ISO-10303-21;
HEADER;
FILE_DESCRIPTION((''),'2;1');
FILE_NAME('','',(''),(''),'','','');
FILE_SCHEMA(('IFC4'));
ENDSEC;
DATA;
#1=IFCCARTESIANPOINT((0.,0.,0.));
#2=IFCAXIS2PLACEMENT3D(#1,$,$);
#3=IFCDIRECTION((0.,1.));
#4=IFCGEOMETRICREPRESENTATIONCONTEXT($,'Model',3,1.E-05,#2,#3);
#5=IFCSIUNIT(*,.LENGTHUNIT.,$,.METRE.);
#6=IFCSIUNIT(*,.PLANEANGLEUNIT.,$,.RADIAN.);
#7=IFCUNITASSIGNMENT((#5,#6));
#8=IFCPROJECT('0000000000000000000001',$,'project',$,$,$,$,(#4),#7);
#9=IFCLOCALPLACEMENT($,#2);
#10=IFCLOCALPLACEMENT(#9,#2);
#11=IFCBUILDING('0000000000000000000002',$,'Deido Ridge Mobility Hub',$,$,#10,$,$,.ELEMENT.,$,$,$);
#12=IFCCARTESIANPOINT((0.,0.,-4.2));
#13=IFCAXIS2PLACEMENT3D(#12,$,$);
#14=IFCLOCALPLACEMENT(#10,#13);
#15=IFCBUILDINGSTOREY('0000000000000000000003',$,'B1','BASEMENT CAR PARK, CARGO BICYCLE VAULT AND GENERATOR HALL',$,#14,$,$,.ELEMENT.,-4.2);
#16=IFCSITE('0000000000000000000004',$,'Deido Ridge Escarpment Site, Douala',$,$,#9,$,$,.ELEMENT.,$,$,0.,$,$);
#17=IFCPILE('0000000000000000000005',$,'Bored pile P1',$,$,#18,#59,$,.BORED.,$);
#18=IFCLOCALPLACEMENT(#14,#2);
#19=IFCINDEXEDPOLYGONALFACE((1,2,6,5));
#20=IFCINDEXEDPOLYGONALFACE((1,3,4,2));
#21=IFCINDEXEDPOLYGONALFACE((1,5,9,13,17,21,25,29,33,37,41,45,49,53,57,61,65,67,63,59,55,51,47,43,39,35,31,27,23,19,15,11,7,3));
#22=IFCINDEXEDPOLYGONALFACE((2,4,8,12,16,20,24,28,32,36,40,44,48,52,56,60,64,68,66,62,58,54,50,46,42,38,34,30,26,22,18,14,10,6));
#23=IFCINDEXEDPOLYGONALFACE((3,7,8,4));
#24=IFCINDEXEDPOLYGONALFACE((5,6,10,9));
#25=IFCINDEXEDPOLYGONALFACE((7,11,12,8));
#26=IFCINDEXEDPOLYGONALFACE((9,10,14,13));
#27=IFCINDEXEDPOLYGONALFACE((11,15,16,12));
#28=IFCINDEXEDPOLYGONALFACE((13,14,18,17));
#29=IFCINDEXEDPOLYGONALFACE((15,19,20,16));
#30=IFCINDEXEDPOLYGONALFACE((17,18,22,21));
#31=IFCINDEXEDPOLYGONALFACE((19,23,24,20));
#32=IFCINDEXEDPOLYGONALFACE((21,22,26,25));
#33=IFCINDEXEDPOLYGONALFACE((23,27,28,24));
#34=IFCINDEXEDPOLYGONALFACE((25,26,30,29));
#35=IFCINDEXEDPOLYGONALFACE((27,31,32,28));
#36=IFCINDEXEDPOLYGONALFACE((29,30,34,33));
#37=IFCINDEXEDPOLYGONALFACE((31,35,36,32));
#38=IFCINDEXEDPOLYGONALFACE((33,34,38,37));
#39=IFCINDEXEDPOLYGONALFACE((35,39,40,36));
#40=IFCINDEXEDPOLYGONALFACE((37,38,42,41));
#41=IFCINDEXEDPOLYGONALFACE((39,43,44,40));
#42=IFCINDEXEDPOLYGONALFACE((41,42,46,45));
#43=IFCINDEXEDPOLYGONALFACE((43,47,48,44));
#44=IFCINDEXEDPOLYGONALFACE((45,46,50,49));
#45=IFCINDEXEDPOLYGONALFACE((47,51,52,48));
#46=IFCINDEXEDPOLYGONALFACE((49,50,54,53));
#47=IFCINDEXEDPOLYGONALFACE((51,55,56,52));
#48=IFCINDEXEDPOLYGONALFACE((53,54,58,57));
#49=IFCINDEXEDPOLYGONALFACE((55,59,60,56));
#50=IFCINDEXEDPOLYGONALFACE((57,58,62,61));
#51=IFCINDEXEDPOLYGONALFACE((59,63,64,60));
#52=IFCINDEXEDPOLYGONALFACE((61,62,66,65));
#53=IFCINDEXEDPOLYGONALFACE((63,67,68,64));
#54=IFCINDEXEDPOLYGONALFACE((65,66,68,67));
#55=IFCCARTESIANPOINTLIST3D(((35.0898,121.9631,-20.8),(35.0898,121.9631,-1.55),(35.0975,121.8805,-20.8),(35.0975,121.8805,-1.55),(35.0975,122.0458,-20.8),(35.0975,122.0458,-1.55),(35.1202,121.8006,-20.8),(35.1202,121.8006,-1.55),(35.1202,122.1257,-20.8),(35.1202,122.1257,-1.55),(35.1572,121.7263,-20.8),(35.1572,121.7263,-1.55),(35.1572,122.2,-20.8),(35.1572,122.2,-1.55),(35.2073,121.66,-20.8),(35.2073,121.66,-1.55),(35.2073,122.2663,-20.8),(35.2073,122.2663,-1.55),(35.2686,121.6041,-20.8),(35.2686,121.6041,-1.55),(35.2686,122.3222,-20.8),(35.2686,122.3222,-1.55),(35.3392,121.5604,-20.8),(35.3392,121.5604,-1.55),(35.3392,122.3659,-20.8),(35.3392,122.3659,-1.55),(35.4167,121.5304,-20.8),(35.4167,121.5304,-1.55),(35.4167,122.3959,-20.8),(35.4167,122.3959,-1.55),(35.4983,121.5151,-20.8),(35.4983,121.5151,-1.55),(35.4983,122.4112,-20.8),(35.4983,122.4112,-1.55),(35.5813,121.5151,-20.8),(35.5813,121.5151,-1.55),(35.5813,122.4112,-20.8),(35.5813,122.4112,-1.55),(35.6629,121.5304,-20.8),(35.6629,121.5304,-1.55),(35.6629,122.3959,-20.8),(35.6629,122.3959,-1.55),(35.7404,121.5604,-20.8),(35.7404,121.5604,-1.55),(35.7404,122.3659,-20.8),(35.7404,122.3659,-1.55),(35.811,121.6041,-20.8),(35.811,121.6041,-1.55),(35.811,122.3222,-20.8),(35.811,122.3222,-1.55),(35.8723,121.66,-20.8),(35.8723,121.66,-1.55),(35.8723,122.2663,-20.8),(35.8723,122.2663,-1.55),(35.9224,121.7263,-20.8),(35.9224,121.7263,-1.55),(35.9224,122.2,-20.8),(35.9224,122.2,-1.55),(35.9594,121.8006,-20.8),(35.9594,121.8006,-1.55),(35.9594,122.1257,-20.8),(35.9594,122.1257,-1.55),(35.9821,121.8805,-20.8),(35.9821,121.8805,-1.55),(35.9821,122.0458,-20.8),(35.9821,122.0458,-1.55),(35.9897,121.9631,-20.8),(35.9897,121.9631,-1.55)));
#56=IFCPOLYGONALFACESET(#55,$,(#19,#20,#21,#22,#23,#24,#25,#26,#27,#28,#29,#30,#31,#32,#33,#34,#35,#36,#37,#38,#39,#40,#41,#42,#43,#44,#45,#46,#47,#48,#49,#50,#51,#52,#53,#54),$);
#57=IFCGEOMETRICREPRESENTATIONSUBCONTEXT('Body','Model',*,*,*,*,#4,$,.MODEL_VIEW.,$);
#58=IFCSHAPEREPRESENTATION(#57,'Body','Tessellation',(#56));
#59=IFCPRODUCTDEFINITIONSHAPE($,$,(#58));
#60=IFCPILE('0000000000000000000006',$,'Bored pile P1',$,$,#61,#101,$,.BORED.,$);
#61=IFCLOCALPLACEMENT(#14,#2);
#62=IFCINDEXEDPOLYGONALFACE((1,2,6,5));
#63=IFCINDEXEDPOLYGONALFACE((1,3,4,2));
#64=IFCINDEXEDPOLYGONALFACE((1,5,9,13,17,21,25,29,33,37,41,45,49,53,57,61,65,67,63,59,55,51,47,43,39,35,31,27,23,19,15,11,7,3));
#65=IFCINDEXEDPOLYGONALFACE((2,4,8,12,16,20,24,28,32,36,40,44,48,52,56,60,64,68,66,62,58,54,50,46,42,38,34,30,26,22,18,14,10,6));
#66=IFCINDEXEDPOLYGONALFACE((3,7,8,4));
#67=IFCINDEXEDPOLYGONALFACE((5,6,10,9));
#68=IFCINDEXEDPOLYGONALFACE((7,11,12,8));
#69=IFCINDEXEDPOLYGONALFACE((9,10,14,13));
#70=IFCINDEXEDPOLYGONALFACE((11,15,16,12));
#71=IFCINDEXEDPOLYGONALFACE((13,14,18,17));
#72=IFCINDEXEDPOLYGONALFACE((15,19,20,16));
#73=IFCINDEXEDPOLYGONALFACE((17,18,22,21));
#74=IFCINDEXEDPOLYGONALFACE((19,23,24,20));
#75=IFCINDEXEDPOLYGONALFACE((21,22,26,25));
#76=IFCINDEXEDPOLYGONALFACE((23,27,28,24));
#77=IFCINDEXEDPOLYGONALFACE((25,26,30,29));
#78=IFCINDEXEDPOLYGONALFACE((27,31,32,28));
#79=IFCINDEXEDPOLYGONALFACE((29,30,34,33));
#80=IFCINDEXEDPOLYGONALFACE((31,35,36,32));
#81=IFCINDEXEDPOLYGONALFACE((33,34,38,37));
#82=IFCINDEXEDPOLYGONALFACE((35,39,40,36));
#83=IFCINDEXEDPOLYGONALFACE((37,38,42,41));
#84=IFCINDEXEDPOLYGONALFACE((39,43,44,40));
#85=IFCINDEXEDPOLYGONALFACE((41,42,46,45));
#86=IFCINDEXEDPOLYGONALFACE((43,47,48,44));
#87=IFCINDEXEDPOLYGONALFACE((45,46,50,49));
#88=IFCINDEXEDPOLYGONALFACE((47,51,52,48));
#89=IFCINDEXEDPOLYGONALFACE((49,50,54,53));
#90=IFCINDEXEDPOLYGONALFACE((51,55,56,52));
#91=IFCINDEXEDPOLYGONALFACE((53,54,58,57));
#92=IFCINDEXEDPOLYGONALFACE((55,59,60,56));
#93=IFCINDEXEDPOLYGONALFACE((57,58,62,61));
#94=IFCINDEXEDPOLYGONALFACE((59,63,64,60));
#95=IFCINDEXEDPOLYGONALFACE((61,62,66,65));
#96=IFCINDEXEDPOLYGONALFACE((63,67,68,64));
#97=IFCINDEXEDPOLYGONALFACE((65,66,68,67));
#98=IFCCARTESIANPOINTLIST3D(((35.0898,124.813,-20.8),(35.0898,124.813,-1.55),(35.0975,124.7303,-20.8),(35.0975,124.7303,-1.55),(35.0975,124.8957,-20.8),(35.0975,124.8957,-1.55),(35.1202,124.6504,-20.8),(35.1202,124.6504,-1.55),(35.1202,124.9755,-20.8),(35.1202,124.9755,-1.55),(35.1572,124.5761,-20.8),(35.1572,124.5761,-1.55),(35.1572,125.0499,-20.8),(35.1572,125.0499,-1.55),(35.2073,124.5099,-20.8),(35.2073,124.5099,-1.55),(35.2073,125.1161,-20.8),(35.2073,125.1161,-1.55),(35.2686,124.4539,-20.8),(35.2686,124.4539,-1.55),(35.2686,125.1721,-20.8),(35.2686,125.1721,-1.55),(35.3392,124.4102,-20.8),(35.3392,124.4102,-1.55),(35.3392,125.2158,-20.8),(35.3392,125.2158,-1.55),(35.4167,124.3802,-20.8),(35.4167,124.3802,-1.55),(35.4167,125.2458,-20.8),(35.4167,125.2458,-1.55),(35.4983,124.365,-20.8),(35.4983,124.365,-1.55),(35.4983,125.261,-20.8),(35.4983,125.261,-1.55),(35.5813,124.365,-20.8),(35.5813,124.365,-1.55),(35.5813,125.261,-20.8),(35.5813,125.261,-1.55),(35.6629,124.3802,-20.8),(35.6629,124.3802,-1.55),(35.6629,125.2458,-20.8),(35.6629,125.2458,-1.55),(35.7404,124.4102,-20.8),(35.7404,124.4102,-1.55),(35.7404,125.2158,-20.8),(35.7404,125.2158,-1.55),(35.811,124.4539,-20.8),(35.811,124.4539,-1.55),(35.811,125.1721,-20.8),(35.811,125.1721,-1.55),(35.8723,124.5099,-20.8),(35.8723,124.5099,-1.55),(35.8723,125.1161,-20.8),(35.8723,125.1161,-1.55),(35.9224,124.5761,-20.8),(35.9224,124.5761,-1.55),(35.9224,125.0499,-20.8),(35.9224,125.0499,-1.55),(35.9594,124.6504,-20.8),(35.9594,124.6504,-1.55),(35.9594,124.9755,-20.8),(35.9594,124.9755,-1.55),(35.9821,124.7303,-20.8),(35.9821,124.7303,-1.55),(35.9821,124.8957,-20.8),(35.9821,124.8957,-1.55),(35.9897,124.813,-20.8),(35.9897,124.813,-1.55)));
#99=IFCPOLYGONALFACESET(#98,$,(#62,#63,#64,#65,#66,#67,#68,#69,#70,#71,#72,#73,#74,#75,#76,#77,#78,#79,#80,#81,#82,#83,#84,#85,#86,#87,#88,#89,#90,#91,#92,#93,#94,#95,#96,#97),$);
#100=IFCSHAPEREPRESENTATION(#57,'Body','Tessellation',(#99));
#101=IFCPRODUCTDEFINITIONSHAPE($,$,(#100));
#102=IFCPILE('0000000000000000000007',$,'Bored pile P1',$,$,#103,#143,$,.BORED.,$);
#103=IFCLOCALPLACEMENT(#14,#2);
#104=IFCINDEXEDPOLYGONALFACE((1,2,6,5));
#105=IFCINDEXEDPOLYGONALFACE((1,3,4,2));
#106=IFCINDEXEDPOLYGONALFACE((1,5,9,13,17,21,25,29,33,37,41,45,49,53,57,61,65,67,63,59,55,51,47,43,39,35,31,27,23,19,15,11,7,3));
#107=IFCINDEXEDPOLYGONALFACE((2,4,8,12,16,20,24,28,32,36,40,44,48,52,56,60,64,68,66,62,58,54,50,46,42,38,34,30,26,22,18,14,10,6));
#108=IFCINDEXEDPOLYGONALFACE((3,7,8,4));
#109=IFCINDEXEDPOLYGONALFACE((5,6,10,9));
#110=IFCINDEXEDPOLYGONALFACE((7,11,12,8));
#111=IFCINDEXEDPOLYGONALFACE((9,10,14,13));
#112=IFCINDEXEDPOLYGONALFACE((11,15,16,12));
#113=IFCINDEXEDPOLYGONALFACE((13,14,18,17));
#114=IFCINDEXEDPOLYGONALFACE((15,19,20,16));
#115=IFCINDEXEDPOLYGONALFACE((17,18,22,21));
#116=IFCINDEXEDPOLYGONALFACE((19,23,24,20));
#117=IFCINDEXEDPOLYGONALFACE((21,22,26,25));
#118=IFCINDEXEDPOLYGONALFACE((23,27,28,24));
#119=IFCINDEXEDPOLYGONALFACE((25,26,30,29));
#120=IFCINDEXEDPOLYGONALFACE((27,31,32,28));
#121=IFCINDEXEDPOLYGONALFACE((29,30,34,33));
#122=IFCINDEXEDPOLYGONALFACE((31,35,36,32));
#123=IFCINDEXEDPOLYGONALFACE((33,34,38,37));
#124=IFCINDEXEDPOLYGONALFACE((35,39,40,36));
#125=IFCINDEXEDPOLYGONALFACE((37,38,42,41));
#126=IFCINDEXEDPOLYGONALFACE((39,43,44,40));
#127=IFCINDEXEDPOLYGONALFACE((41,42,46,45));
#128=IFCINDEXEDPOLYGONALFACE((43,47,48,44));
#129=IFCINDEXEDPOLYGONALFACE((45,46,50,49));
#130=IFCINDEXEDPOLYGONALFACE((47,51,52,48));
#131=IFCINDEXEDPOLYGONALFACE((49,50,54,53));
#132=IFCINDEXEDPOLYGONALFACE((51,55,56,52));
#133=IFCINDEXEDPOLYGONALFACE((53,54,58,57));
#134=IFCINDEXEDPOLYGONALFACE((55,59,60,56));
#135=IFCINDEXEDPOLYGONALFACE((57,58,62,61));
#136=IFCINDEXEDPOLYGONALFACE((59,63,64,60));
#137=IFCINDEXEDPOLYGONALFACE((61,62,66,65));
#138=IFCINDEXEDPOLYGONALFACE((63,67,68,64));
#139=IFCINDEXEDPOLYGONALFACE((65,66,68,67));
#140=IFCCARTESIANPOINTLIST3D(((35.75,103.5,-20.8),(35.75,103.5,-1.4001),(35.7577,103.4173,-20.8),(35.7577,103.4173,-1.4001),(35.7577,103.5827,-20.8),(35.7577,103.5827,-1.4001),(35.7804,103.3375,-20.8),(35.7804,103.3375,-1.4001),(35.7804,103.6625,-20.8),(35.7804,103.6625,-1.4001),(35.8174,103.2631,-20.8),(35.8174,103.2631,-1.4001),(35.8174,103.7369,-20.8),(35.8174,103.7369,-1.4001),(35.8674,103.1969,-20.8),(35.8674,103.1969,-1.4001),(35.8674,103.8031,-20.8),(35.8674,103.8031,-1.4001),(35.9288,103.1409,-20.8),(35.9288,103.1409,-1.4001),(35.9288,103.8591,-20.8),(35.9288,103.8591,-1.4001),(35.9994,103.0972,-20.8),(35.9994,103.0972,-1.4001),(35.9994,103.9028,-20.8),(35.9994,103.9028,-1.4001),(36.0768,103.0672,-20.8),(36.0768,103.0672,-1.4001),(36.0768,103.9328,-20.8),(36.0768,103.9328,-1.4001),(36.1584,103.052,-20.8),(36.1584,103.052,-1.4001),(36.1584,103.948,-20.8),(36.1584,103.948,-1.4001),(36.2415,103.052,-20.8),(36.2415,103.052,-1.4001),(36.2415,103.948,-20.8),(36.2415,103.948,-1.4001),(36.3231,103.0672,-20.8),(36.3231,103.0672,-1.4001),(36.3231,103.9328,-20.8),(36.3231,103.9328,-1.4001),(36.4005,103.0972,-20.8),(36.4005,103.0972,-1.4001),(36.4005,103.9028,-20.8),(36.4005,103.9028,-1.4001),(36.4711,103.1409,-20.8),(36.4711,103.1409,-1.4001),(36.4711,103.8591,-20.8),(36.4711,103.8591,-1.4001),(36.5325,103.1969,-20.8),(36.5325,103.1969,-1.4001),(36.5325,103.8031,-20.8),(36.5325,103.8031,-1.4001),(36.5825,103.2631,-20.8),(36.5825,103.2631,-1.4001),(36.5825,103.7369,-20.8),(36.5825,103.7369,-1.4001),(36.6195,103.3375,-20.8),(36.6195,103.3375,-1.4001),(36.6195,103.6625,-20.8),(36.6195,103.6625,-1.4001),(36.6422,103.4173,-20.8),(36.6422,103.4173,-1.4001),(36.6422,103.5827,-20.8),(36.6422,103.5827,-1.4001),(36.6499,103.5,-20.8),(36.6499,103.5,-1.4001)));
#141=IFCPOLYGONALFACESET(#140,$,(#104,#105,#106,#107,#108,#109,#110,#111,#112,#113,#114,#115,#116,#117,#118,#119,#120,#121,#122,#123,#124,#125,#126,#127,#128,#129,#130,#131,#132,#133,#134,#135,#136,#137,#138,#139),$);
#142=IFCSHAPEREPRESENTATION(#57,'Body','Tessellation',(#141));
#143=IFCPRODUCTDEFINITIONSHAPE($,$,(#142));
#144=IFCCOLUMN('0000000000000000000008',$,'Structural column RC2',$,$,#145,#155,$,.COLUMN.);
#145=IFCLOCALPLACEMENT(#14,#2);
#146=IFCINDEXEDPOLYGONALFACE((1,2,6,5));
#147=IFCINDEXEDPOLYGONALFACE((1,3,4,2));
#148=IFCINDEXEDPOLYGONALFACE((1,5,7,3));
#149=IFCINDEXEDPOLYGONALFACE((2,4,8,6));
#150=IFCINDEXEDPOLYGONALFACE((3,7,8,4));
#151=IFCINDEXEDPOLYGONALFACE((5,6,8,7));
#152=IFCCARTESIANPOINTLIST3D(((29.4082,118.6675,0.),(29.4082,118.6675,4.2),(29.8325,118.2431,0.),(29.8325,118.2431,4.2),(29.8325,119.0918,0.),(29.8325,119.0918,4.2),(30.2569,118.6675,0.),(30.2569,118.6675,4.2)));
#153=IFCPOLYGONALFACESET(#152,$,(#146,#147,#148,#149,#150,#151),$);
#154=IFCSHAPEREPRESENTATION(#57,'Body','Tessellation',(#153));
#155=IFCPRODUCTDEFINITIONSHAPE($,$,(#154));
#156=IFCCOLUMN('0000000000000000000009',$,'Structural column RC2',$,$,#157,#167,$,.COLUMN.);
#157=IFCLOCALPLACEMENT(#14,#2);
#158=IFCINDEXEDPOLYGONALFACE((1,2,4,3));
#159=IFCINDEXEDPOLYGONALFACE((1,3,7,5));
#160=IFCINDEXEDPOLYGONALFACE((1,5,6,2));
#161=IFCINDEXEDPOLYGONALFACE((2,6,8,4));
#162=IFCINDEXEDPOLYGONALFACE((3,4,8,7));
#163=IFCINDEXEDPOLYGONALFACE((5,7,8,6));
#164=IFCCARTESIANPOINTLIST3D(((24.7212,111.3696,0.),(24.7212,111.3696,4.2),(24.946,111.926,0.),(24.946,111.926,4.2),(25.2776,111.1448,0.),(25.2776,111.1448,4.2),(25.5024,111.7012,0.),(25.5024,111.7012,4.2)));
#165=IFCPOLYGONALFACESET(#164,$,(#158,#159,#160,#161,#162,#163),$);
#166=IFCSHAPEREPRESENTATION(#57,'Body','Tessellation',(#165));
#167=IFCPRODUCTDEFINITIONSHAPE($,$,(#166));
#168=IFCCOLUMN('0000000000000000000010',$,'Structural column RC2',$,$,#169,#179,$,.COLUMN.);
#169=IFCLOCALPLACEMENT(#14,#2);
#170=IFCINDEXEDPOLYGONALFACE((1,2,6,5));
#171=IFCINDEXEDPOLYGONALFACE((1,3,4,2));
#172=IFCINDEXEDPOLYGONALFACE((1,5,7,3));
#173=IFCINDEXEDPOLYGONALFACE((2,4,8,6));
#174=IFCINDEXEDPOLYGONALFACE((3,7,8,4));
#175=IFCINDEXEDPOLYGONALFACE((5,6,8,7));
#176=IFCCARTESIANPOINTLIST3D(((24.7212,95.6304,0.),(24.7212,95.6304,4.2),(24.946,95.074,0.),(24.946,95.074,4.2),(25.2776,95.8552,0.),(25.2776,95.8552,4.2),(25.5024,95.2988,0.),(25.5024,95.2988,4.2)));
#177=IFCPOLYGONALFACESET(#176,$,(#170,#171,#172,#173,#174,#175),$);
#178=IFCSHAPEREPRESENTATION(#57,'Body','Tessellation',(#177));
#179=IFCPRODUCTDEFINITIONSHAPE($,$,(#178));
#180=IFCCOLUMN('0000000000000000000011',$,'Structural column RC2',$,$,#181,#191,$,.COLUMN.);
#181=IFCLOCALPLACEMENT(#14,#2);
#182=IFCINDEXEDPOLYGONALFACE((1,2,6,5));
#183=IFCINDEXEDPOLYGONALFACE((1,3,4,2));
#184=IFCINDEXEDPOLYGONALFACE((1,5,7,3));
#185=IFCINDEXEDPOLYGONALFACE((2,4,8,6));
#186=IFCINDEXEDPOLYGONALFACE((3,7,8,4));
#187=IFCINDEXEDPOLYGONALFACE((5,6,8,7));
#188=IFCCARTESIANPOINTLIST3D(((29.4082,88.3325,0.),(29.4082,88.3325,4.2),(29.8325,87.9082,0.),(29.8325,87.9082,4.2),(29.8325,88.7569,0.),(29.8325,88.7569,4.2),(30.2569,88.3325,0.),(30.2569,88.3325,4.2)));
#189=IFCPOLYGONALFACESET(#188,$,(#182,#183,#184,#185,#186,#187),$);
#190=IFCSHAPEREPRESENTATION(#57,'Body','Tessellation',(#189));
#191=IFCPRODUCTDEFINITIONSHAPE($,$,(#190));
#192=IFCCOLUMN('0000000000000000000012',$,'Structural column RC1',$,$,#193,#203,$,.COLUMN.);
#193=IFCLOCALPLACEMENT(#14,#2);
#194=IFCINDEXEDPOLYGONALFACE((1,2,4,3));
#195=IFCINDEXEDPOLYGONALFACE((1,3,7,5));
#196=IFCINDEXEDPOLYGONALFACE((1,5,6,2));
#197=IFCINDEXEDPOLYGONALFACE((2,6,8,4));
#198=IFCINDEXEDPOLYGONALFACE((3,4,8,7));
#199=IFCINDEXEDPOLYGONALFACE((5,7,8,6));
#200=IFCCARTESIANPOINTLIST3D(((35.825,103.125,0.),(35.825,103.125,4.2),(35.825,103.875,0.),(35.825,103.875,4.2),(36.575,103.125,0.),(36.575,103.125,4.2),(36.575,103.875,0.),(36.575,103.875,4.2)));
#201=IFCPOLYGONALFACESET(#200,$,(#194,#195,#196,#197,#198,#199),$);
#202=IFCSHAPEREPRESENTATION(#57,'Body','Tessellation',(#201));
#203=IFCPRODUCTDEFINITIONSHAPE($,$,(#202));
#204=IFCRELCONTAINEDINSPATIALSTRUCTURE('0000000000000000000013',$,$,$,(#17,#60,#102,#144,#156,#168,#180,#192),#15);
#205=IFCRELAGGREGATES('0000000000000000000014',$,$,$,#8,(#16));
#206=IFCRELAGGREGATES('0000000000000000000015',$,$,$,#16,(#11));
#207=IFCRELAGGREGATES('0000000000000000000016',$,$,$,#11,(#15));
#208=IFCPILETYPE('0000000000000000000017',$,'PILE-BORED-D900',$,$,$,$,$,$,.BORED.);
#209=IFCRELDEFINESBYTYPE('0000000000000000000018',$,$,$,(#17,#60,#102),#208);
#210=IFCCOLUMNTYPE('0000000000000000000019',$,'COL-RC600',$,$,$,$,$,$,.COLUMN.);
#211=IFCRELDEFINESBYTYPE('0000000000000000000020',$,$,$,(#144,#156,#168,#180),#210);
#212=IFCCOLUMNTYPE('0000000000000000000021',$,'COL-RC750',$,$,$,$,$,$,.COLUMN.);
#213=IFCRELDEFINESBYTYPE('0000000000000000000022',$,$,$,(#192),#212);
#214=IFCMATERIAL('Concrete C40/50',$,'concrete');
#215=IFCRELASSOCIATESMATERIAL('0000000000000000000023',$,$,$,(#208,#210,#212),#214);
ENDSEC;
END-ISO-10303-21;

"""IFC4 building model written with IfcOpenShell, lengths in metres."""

from ifc_helpers import new_model, si_unit, direction, frame, origin, origin_2d, place, context, subcontext, project, spatial, rectangle, circle, extrude, material, material_profile, profile_set, type_object, element, save


model = new_model("IFC4")

# Units and contexts
model_context = context("Model", 3, precision=1e-05, world=origin(), true_north=direction((0.0, 1.0)))
body_context = subcontext(model_context, "Body", "Model", "MODEL_VIEW")
ifc_project = project(units=[si_unit("LENGTHUNIT", "METRE"), si_unit("PLANEANGLEUNIT", "RADIAN")], contexts=[model_context])

# Site, building, storey
site_placement = place(None, origin())
site = spatial("IfcSite", under=ifc_project, at=site_placement, Name="Deido Ridge Escarpment Site, Douala", CompositionType="ELEMENT", RefElevation=0.0)
building_placement = place(site_placement, origin())
building = spatial("IfcBuilding", under=site, at=building_placement, Name="Deido Ridge Mobility Hub", CompositionType="ELEMENT")
storey_placement = place(building_placement, frame((0.0, 0.0, -4.2)))
storey = spatial("IfcBuildingStorey", under=building, at=storey_placement, Name="B1", Description="BASEMENT CAR PARK, CARGO BICYCLE VAULT AND GENERATOR HALL", CompositionType="ELEMENT", Elevation=-4.2)

# Shared definitions
ifc_material = material(Name="Concrete C40/50", Category="concrete")

# Piles
ifc_material_profile_1 = material_profile(ifc_material, circle(Radius=0.45, at=origin_2d()), Name="BORED PILE D900")
ifc_profile_set_1 = profile_set([ifc_material_profile_1], Name="Concrete C40/50")
pile_type_1 = type_object("IfcPileType", Name="PILE-BORED-D900", PredefinedType="BORED", material=ifc_profile_set_1)
for number, where, z_axis, x_axis, name in (
    (1, (35.5398, 121.9631, -1.55), (0.0, 0.0, -1.0), (1.0, 0.0, 0.0), "Bored pile P1"),
    (2, (35.5398, 124.813, -1.55), (0.0, 0.0, -1.0), (1.0, 0.0, 0.0), "Bored pile P1"),
):
    element("IfcPile", number, at=place(storey_placement, frame(where, z_axis=z_axis, x_axis=x_axis)), inside=storey, type_object=pile_type_1, Name=name, PredefinedType="BORED", context=body_context, shape_type="SweptSolid", body=[
        extrude(circle(Radius=0.45, at=origin_2d()), origin(), (0.0, 0.0, 1.0), 19.25),
    ])
pile_1_placement = place(storey_placement, frame((36.2, 103.5, -1.4001), z_axis=(0.0, 0.0, -1.0), x_axis=(1.0, 0.0, 0.0)))
element("IfcPile", 3, at=pile_1_placement, inside=storey, type_object=pile_type_1, Name="Bored pile P1", PredefinedType="BORED", context=body_context, shape_type="SweptSolid", body=[
    extrude(circle(Radius=0.45, at=origin_2d()), origin(), (0.0, 0.0, 1.0), 19.3999),
])

# Columns
ifc_material_profile_2 = material_profile(ifc_material, rectangle(XDim=0.6001, YDim=0.6001, at=origin_2d()), Name="RC COL 600x600")
ifc_profile_set_2 = profile_set([ifc_material_profile_2], Name="Concrete C40/50")
column_type_1 = type_object("IfcColumnType", Name="COL-RC600", PredefinedType="COLUMN", material=ifc_profile_set_2)
for number, where, z_axis, x_axis, name in (
    (4, (29.8325, 118.6675, 0.0), (0.0, 0.0, 1.0), (-0.707107, 0.707107, 0.0), "Structural column RC2"),
    (5, (25.1118, 111.5354, 0.0), (0.0, 0.0, 1.0), (-0.927184, 0.374607, 0.0), "Structural column RC2"),
    (6, (25.1118, 95.4646, 0.0), (0.0, 0.0, 1.0), (-0.927184, -0.374607, 0.0), "Structural column RC2"),
    (7, (29.8325, 88.3325, 0.0), (0.0, 0.0, 1.0), (-0.707107, -0.707107, 0.0), "Structural column RC2"),
):
    element("IfcColumn", number, at=place(storey_placement, frame(where, z_axis=z_axis, x_axis=x_axis)), inside=storey, type_object=column_type_1, Name=name, PredefinedType="COLUMN", context=body_context, shape_type="SweptSolid", body=[
        extrude(rectangle(XDim=0.6001, YDim=0.6001, at=origin_2d()), origin(), (0.0, 0.0, 1.0), 4.2),
    ])
ifc_material_profile_3 = material_profile(ifc_material, rectangle(XDim=0.75, YDim=0.75, at=origin_2d()), Name="RC COL 750x750")
ifc_profile_set_3 = profile_set([ifc_material_profile_3], Name="Concrete C40/50")
column_type_2 = type_object("IfcColumnType", Name="COL-RC750", PredefinedType="COLUMN", material=ifc_profile_set_3)
column_placement = place(storey_placement, frame((36.2, 103.5, 0.0), z_axis=(0.0, 0.0, 1.0), x_axis=(1.0, 0.0, 0.0)))
element("IfcColumn", 8, at=column_placement, inside=storey, type_object=column_type_2, Name="Structural column RC1", PredefinedType="COLUMN", context=body_context, shape_type="SweptSolid", body=[
    extrude(rectangle(XDim=0.75, YDim=0.75, at=origin_2d()), origin(), (0.0, 0.0, 1.0), 4.2),
])

save(model, "model.ifc")
